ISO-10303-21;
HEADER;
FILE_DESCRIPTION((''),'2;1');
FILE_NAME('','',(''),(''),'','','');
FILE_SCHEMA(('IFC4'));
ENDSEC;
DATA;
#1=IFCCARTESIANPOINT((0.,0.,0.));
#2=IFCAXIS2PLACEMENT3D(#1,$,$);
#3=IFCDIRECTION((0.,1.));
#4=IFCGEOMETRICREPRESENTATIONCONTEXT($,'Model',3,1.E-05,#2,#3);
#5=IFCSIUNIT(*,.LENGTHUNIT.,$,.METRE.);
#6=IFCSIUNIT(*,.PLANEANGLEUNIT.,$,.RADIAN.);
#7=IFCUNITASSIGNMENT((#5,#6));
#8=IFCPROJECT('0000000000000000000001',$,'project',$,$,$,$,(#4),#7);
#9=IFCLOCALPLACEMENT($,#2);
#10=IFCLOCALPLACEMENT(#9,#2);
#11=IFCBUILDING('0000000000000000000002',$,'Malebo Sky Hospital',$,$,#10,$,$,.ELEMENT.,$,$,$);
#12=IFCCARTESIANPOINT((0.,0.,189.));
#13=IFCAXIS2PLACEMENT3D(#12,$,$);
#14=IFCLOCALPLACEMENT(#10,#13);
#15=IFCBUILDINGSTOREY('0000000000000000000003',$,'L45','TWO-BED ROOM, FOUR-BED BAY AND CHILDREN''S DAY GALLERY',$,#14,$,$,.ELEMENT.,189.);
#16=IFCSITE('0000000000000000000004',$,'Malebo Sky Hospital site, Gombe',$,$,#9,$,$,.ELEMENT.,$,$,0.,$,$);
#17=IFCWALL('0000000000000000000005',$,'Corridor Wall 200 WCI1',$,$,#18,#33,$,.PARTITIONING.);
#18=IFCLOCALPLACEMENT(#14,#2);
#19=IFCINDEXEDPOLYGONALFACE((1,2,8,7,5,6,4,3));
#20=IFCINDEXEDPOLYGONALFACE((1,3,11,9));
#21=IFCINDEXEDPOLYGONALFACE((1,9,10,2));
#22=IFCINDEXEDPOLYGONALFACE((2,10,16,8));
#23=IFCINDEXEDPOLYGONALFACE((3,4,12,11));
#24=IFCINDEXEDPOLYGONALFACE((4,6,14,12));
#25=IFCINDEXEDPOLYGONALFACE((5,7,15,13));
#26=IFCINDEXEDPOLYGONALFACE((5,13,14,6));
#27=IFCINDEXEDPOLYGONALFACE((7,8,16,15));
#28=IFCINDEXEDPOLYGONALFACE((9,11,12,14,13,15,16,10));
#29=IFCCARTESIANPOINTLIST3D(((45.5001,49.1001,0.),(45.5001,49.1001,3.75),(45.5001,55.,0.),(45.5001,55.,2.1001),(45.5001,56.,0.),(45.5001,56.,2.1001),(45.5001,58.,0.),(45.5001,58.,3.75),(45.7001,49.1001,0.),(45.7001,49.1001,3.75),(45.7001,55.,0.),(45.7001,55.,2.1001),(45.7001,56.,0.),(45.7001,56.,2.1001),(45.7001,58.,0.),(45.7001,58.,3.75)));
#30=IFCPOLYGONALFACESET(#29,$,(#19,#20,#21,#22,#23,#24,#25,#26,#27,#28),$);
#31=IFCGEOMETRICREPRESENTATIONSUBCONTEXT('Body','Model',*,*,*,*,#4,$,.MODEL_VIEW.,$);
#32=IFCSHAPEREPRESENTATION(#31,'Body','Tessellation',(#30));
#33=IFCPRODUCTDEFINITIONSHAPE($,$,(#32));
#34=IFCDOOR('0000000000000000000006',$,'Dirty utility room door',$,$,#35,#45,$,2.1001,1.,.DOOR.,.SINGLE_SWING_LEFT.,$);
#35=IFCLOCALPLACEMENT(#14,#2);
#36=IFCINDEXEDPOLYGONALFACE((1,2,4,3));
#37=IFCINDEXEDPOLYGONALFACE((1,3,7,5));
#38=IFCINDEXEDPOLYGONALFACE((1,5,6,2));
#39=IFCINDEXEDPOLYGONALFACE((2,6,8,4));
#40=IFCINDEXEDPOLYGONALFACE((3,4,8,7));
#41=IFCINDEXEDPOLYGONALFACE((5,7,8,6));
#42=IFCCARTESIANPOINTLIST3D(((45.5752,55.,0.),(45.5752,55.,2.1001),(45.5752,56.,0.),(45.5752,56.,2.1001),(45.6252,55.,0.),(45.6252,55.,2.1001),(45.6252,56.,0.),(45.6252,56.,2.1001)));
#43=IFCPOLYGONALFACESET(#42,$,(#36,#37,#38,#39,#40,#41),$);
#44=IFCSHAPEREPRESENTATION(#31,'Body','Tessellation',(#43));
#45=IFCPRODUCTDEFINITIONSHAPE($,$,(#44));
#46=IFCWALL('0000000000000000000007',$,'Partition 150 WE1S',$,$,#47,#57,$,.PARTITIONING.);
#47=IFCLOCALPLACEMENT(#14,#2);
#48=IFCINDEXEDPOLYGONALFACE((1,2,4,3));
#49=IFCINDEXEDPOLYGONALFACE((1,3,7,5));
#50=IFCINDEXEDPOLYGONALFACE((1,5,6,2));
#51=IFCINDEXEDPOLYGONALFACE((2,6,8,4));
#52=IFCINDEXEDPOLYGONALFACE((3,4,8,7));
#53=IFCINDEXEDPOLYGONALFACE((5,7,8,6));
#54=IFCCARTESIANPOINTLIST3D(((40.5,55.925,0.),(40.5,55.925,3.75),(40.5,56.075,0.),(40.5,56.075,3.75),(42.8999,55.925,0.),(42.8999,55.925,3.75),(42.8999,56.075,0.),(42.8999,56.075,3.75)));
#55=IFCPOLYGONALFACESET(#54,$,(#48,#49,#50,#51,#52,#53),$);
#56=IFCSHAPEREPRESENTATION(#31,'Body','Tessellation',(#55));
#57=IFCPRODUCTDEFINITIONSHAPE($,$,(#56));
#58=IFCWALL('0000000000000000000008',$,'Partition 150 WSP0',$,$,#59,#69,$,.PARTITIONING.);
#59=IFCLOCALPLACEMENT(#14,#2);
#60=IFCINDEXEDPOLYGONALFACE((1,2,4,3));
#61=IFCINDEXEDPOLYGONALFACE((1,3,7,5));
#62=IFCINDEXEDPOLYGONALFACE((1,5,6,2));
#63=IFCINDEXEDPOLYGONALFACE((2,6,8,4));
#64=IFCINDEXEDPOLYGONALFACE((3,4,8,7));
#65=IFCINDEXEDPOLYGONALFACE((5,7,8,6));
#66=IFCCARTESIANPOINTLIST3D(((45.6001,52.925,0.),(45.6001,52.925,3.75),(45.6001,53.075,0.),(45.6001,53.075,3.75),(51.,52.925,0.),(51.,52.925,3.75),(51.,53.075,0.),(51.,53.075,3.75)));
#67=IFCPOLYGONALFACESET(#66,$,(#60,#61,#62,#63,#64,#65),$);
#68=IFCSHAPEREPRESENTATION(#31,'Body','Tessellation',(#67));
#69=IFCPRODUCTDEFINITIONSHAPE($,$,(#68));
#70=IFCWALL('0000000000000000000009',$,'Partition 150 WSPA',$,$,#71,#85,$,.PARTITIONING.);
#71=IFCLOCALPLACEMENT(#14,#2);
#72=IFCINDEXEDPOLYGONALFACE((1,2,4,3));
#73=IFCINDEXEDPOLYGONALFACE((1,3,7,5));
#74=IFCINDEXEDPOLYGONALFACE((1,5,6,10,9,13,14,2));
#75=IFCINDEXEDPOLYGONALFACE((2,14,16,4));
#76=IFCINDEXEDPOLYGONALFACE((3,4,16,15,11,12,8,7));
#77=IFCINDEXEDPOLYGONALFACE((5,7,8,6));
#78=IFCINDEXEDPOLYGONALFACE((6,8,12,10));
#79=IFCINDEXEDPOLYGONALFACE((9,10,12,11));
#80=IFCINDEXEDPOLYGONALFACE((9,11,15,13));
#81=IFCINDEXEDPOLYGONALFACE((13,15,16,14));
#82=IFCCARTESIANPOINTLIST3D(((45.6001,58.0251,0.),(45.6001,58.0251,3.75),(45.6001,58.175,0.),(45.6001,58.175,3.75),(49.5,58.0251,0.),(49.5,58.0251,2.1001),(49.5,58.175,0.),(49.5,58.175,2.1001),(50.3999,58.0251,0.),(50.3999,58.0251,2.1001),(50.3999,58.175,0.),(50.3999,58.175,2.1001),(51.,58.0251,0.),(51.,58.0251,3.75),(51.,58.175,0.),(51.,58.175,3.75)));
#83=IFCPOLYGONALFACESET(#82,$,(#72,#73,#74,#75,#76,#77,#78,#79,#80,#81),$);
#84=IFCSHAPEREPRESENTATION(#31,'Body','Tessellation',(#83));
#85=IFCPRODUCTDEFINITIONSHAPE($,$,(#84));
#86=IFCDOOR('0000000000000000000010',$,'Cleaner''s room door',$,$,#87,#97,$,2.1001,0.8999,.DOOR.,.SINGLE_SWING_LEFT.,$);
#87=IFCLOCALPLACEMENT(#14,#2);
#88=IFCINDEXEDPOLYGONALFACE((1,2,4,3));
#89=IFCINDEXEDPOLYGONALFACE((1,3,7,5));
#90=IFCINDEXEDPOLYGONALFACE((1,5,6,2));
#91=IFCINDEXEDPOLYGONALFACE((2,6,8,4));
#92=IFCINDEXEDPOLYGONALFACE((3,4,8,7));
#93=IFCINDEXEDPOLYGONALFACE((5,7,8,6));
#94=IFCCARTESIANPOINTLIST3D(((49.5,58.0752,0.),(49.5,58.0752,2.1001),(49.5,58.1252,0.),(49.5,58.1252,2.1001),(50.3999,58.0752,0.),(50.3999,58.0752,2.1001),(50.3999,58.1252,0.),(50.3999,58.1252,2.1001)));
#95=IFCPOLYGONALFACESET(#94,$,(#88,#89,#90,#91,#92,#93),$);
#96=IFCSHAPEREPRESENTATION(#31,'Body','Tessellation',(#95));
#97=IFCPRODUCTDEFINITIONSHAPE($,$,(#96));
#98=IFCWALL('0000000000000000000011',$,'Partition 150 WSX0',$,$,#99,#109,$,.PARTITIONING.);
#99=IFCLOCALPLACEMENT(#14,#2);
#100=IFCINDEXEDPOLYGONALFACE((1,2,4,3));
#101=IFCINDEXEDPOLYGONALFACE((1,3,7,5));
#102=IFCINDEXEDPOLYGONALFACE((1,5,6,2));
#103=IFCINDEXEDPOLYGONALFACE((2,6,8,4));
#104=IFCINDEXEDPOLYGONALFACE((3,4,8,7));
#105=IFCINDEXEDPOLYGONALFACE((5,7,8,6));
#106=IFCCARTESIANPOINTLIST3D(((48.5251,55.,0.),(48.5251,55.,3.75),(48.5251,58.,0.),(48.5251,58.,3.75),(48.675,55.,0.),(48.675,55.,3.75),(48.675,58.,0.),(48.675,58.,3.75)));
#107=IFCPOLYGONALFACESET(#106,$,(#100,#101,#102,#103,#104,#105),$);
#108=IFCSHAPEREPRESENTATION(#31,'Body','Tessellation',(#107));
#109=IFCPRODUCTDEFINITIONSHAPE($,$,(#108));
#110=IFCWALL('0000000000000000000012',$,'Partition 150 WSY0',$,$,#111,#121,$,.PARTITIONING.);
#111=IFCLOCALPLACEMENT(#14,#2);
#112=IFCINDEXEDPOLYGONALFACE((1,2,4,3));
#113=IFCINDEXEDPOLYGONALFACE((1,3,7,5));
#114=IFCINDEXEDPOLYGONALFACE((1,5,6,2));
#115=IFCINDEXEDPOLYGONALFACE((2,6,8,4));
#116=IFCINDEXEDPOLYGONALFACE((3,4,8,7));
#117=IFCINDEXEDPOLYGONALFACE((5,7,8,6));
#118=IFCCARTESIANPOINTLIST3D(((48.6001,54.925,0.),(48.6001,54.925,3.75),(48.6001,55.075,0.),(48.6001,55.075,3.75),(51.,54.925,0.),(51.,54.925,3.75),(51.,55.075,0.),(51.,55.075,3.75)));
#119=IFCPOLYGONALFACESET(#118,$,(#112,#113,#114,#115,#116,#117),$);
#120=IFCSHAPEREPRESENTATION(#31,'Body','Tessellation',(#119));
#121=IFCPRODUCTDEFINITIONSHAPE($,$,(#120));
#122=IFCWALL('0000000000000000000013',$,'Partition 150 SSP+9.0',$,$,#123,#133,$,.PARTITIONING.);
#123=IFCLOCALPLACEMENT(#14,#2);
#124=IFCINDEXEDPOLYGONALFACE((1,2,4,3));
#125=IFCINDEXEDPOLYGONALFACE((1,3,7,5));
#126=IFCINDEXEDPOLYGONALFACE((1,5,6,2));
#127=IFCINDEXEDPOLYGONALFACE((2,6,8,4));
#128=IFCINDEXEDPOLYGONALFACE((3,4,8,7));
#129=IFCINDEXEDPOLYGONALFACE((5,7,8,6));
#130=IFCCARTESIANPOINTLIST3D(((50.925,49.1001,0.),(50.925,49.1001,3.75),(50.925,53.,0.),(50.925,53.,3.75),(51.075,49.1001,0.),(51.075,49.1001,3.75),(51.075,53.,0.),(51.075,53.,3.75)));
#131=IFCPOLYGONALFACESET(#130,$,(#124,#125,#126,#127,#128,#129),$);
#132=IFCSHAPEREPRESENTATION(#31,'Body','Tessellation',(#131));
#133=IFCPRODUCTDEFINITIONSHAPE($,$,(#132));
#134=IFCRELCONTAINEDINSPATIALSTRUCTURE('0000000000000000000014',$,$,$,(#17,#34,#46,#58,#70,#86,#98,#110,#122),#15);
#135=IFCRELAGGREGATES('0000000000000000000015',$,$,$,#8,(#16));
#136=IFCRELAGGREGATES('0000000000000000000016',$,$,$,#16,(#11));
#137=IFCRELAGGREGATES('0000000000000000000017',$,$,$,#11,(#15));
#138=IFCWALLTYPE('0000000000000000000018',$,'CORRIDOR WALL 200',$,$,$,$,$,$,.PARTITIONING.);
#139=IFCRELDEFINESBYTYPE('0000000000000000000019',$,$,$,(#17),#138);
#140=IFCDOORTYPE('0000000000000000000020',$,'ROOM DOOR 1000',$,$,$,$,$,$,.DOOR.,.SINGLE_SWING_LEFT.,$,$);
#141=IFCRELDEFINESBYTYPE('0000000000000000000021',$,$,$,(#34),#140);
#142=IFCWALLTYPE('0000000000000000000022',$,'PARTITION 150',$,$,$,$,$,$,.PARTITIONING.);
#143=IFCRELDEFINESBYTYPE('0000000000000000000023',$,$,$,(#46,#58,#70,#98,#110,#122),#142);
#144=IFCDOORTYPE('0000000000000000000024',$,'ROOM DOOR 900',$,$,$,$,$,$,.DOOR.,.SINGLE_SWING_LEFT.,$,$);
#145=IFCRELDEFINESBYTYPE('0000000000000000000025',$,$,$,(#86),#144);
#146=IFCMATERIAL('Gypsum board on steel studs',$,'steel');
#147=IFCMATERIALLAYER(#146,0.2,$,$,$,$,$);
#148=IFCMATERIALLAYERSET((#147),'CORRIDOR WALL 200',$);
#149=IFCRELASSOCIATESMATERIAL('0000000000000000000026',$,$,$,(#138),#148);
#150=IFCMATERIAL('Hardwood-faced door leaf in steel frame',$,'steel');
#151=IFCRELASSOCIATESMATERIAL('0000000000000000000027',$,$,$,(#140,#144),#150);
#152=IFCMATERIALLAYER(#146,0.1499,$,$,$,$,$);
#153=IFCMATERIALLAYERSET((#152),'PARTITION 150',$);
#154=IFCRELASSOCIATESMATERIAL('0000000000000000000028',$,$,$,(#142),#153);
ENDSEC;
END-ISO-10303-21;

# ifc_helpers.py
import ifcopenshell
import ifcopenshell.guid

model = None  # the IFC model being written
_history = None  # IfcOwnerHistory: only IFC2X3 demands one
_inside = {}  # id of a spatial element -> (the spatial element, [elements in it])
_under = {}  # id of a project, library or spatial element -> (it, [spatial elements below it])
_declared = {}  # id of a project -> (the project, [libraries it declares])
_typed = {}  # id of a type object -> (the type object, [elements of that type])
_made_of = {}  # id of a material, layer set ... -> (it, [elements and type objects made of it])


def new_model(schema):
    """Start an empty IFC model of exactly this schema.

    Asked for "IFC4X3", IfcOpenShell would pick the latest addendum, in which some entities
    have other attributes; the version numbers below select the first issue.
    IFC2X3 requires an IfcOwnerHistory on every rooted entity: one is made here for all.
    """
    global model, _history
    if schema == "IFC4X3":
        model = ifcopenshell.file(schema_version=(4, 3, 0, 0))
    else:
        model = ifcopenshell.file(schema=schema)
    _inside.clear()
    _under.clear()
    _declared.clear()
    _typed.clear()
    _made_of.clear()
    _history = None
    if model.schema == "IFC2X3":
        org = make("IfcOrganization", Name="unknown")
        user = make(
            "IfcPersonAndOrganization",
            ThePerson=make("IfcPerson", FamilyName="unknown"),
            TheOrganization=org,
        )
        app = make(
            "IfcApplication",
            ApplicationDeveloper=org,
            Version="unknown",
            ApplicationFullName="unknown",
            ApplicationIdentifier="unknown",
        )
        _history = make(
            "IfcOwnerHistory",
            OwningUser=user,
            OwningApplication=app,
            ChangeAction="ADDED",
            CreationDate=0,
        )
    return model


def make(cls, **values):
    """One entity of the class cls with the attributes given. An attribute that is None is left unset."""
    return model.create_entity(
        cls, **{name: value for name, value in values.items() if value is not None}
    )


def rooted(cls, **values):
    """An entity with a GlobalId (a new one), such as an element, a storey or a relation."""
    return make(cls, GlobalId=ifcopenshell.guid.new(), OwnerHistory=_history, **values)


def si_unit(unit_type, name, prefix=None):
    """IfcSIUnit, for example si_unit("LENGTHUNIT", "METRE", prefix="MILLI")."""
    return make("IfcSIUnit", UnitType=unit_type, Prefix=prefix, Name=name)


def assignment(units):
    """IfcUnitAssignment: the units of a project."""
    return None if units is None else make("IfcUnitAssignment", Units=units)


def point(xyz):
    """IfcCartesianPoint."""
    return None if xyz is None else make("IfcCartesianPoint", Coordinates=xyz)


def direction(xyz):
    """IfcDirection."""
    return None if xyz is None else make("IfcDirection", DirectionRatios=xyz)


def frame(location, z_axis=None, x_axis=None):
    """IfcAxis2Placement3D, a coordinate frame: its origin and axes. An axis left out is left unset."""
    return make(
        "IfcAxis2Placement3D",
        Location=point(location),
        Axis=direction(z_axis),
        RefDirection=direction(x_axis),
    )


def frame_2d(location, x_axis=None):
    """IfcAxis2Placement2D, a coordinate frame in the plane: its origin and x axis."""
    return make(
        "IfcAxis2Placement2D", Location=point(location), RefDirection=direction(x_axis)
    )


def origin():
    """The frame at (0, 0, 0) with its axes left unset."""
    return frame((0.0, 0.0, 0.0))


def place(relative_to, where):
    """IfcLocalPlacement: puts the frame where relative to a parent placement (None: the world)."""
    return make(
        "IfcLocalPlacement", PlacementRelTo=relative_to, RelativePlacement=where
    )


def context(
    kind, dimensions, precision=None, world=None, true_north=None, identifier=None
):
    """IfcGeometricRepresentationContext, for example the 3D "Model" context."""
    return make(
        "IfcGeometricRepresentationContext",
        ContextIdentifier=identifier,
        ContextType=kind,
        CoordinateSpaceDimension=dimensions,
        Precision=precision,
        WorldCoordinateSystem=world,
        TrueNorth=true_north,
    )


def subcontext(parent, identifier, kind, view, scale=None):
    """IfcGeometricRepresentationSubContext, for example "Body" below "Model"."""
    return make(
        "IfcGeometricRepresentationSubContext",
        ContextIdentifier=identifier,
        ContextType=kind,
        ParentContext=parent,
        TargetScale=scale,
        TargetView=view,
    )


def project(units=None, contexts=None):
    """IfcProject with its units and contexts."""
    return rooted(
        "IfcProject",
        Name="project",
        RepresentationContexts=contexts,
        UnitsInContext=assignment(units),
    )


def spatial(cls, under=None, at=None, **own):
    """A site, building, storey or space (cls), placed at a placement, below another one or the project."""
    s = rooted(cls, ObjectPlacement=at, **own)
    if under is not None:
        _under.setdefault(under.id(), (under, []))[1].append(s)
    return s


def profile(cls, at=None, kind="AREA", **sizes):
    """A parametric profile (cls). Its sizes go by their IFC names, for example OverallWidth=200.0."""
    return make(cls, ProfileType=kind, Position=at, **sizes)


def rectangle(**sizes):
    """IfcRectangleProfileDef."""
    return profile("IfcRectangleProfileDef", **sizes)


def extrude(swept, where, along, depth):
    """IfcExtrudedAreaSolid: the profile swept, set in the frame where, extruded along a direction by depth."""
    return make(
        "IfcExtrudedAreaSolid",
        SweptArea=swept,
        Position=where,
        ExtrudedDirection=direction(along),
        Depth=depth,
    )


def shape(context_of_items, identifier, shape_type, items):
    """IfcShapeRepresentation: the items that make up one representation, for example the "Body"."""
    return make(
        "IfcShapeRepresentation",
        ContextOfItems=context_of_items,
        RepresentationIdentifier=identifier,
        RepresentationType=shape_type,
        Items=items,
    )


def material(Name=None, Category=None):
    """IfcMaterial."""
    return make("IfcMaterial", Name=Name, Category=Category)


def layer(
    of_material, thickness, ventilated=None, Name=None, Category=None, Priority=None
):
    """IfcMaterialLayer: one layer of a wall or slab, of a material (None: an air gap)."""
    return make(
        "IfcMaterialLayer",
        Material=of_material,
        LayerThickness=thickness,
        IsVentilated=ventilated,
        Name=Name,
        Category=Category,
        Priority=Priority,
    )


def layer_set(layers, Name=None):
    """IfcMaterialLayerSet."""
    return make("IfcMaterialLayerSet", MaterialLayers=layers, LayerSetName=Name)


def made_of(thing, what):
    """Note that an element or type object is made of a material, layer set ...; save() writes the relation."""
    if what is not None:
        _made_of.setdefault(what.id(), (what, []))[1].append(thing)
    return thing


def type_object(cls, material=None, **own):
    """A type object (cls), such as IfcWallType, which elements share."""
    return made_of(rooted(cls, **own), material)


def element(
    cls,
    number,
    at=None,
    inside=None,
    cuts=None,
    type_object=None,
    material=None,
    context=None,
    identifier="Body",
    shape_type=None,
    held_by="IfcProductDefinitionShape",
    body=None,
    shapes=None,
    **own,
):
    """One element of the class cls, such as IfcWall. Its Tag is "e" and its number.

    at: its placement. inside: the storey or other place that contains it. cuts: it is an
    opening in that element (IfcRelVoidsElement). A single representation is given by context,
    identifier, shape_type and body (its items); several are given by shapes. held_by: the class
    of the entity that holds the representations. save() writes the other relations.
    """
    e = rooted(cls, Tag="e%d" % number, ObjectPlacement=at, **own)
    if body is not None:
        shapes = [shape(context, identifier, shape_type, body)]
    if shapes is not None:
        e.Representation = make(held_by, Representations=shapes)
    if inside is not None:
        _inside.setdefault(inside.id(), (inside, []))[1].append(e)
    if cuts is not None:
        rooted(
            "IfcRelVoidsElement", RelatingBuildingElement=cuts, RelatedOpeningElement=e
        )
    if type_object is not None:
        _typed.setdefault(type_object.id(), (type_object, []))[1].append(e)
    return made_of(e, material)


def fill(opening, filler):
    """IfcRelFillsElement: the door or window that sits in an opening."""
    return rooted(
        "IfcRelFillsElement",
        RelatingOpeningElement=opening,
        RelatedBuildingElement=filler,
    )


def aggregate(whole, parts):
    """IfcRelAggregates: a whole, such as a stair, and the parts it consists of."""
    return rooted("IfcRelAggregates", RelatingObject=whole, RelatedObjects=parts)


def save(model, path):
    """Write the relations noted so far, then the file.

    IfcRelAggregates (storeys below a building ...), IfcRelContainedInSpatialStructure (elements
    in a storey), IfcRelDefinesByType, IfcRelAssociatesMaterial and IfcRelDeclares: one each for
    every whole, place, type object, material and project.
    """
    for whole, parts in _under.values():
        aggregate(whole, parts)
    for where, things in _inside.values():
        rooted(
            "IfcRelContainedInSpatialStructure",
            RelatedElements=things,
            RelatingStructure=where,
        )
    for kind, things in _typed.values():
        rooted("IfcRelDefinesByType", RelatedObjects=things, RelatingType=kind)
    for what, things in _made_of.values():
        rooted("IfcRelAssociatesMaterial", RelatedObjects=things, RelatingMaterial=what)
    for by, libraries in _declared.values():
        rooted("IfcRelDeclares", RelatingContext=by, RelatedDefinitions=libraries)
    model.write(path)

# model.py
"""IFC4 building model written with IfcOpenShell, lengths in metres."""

from ifc_helpers import new_model, si_unit, direction, frame, frame_2d, origin, place, context, subcontext, project, spatial, rectangle, extrude, material, layer, layer_set, type_object, element, fill, save


model = new_model("IFC4")

# Units and contexts
model_context = context("Model", 3, precision=1e-05, world=origin(), true_north=direction((0.0, 1.0)))
body_context = subcontext(model_context, "Body", "Model", "MODEL_VIEW")
ifc_project = project(units=[si_unit("LENGTHUNIT", "METRE"), si_unit("PLANEANGLEUNIT", "RADIAN")], contexts=[model_context])

# Site, building, storey
site_placement = place(None, origin())
site = spatial("IfcSite", under=ifc_project, at=site_placement, Name="Malebo Sky Hospital site, Gombe", CompositionType="ELEMENT", RefElevation=0.0)
building_placement = place(site_placement, origin())
building = spatial("IfcBuilding", under=site, at=building_placement, Name="Malebo Sky Hospital", CompositionType="ELEMENT")
storey_placement = place(building_placement, frame((0.0, 0.0, 189.0)))
storey = spatial("IfcBuildingStorey", under=building, at=storey_placement, Name="L45", Description="TWO-BED ROOM, FOUR-BED BAY AND CHILDREN'S DAY GALLERY", CompositionType="ELEMENT", Elevation=189.0)

# Wall, opening, door
ifc_material_1 = material(Name="Hardwood-faced door leaf in steel frame", Category="steel")
ifc_material_2 = material(Name="Gypsum board on steel studs", Category="steel")
ifc_layer_1 = layer(ifc_material_2, 0.2)
ifc_layer_set_1 = layer_set([ifc_layer_1], Name="CORRIDOR WALL 200")
wall_type_1 = type_object("IfcWallType", Name="CORRIDOR WALL 200", PredefinedType="PARTITIONING", material=ifc_layer_set_1)
wall_1_placement = place(storey_placement, frame((45.6001, 49.1001, 0.0), z_axis=(0.0, 0.0, 1.0), x_axis=(0.0, 1.0, 0.0)))
wall_1 = element("IfcWall", 1, at=wall_1_placement, inside=storey, type_object=wall_type_1, Name="Corridor Wall 200 WCI1", PredefinedType="PARTITIONING", context=body_context, shape_type="SweptSolid", body=[
    extrude(rectangle(XDim=8.8999, YDim=0.2, at=frame_2d((4.45, 0.0))), origin(), (0.0, 0.0, 1.0), 3.75),
])
opening_1_placement = place(wall_1_placement, frame((5.8999, 0.0, 0.0)))
opening_1 = element("IfcOpeningElement", 2, at=opening_1_placement, cuts=wall_1, PredefinedType="OPENING", context=body_context, shape_type="SweptSolid", body=[
    extrude(rectangle(XDim=1.0, YDim=2.1001, at=frame_2d((0.5, 1.05))), frame((0.0, 0.1099, 0.0), z_axis=(0.0, -1.0, 0.0), x_axis=(1.0, 0.0, 0.0)), (0.0, 0.0, 1.0), 0.22),
])
door_type_1 = type_object("IfcDoorType", Name="ROOM DOOR 1000", OperationType="SINGLE_SWING_LEFT", PredefinedType="DOOR", material=ifc_material_1)
door_1_placement = place(opening_1_placement, origin())
door_1 = element("IfcDoor", 3, at=door_1_placement, inside=storey, type_object=door_type_1, Name="Dirty utility room door", OperationType="SINGLE_SWING_LEFT", OverallHeight=2.1001, OverallWidth=1.0, PredefinedType="DOOR", context=body_context, shape_type="SweptSolid", body=[
    extrude(rectangle(XDim=1.0, YDim=2.1001, at=frame_2d((0.5, 1.05))), frame((0.0, 0.0249, 0.0), z_axis=(0.0, -1.0, 0.0), x_axis=(1.0, 0.0, 0.0)), (0.0, 0.0, 1.0), 0.05),
])
fill(opening_1, door_1)

# Walls
ifc_layer_2 = layer(ifc_material_2, 0.1499)
ifc_layer_set_2 = layer_set([ifc_layer_2], Name="PARTITION 150")
wall_type_2 = type_object("IfcWallType", Name="PARTITION 150", PredefinedType="PARTITIONING", material=ifc_layer_set_2)
wall_2_placement = place(storey_placement, frame((42.8999, 56.0, 0.0), z_axis=(0.0, 0.0, 1.0), x_axis=(-1.0, 0.0, 0.0)))
element("IfcWall", 4, at=wall_2_placement, inside=storey, type_object=wall_type_2, Name="Partition 150 WE1S", PredefinedType="PARTITIONING", context=body_context, shape_type="SweptSolid", body=[
    extrude(rectangle(XDim=2.3999, YDim=0.1499, at=frame_2d((1.2, 0.0))), origin(), (0.0, 0.0, 1.0), 3.75),
])
wall_3_placement = place(storey_placement, frame((51.0, 53.0, 0.0), z_axis=(0.0, 0.0, 1.0), x_axis=(-1.0, 0.0, 0.0)))
element("IfcWall", 5, at=wall_3_placement, inside=storey, type_object=wall_type_2, Name="Partition 150 WSP0", PredefinedType="PARTITIONING", context=body_context, shape_type="SweptSolid", body=[
    extrude(rectangle(XDim=5.3999, YDim=0.1499, at=frame_2d((2.7, 0.0))), origin(), (0.0, 0.0, 1.0), 3.75),
])

# Wall, opening, door
wall_4_placement = place(storey_placement, frame((51.0, 58.1001, 0.0), z_axis=(0.0, 0.0, 1.0), x_axis=(-1.0, 0.0, 0.0)))
wall_4 = element("IfcWall", 6, at=wall_4_placement, inside=storey, type_object=wall_type_2, Name="Partition 150 WSPA", PredefinedType="PARTITIONING", context=body_context, shape_type="SweptSolid", body=[
    extrude(rectangle(XDim=5.3999, YDim=0.1499, at=frame_2d((2.7, 0.0))), origin(), (0.0, 0.0, 1.0), 3.75),
])
opening_2_placement = place(wall_4_placement, frame((0.6001, 0.0, 0.0)))
opening_2 = element("IfcOpeningElement", 7, at=opening_2_placement, cuts=wall_4, PredefinedType="OPENING", context=body_context, shape_type="SweptSolid", body=[
    extrude(rectangle(XDim=0.8999, YDim=2.1001, at=frame_2d((0.45, 1.05))), frame((0.0, 0.085, 0.0), z_axis=(0.0, -1.0, 0.0), x_axis=(1.0, 0.0, 0.0)), (0.0, 0.0, 1.0), 0.1699),
])
door_type_2 = type_object("IfcDoorType", Name="ROOM DOOR 900", OperationType="SINGLE_SWING_LEFT", PredefinedType="DOOR", material=ifc_material_1)
door_2_placement = place(opening_2_placement, origin())
door_2 = element("IfcDoor", 8, at=door_2_placement, inside=storey, type_object=door_type_2, Name="Cleaner's room door", OperationType="SINGLE_SWING_LEFT", OverallHeight=2.1001, OverallWidth=0.8999, PredefinedType="DOOR", context=body_context, shape_type="SweptSolid", body=[
    extrude(rectangle(XDim=0.8999, YDim=2.1001, at=frame_2d((0.45, 1.05))), frame((0.0, 0.0249, 0.0), z_axis=(0.0, -1.0, 0.0), x_axis=(1.0, 0.0, 0.0)), (0.0, 0.0, 1.0), 0.05),
])
fill(opening_2, door_2)

# Walls
wall_5_placement = place(storey_placement, frame((48.6001, 55.0, 0.0), z_axis=(0.0, 0.0, 1.0), x_axis=(0.0, 1.0, 0.0)))
element("IfcWall", 9, at=wall_5_placement, inside=storey, type_object=wall_type_2, Name="Partition 150 WSX0", PredefinedType="PARTITIONING", context=body_context, shape_type="SweptSolid", body=[
    extrude(rectangle(XDim=3.0, YDim=0.1499, at=frame_2d((1.5, 0.0))), origin(), (0.0, 0.0, 1.0), 3.75),
])
wall_6_placement = place(storey_placement, frame((51.0, 55.0, 0.0), z_axis=(0.0, 0.0, 1.0), x_axis=(-1.0, 0.0, 0.0)))
element("IfcWall", 10, at=wall_6_placement, inside=storey, type_object=wall_type_2, Name="Partition 150 WSY0", PredefinedType="PARTITIONING", context=body_context, shape_type="SweptSolid", body=[
    extrude(rectangle(XDim=2.3999, YDim=0.1499, at=frame_2d((1.2, 0.0))), origin(), (0.0, 0.0, 1.0), 3.75),
])
wall_7_placement = place(storey_placement, frame((51.0, 53.0, 0.0), z_axis=(0.0, 0.0, 1.0), x_axis=(0.0, -1.0, 0.0)))
element("IfcWall", 11, at=wall_7_placement, inside=storey, type_object=wall_type_2, Name="Partition 150 SSP+9.0", PredefinedType="PARTITIONING", context=body_context, shape_type="SweptSolid", body=[
    extrude(rectangle(XDim=3.8999, YDim=0.1499, at=frame_2d((1.95, 0.0))), origin(), (0.0, 0.0, 1.0), 3.75),
])

save(model, "model.ifc")
